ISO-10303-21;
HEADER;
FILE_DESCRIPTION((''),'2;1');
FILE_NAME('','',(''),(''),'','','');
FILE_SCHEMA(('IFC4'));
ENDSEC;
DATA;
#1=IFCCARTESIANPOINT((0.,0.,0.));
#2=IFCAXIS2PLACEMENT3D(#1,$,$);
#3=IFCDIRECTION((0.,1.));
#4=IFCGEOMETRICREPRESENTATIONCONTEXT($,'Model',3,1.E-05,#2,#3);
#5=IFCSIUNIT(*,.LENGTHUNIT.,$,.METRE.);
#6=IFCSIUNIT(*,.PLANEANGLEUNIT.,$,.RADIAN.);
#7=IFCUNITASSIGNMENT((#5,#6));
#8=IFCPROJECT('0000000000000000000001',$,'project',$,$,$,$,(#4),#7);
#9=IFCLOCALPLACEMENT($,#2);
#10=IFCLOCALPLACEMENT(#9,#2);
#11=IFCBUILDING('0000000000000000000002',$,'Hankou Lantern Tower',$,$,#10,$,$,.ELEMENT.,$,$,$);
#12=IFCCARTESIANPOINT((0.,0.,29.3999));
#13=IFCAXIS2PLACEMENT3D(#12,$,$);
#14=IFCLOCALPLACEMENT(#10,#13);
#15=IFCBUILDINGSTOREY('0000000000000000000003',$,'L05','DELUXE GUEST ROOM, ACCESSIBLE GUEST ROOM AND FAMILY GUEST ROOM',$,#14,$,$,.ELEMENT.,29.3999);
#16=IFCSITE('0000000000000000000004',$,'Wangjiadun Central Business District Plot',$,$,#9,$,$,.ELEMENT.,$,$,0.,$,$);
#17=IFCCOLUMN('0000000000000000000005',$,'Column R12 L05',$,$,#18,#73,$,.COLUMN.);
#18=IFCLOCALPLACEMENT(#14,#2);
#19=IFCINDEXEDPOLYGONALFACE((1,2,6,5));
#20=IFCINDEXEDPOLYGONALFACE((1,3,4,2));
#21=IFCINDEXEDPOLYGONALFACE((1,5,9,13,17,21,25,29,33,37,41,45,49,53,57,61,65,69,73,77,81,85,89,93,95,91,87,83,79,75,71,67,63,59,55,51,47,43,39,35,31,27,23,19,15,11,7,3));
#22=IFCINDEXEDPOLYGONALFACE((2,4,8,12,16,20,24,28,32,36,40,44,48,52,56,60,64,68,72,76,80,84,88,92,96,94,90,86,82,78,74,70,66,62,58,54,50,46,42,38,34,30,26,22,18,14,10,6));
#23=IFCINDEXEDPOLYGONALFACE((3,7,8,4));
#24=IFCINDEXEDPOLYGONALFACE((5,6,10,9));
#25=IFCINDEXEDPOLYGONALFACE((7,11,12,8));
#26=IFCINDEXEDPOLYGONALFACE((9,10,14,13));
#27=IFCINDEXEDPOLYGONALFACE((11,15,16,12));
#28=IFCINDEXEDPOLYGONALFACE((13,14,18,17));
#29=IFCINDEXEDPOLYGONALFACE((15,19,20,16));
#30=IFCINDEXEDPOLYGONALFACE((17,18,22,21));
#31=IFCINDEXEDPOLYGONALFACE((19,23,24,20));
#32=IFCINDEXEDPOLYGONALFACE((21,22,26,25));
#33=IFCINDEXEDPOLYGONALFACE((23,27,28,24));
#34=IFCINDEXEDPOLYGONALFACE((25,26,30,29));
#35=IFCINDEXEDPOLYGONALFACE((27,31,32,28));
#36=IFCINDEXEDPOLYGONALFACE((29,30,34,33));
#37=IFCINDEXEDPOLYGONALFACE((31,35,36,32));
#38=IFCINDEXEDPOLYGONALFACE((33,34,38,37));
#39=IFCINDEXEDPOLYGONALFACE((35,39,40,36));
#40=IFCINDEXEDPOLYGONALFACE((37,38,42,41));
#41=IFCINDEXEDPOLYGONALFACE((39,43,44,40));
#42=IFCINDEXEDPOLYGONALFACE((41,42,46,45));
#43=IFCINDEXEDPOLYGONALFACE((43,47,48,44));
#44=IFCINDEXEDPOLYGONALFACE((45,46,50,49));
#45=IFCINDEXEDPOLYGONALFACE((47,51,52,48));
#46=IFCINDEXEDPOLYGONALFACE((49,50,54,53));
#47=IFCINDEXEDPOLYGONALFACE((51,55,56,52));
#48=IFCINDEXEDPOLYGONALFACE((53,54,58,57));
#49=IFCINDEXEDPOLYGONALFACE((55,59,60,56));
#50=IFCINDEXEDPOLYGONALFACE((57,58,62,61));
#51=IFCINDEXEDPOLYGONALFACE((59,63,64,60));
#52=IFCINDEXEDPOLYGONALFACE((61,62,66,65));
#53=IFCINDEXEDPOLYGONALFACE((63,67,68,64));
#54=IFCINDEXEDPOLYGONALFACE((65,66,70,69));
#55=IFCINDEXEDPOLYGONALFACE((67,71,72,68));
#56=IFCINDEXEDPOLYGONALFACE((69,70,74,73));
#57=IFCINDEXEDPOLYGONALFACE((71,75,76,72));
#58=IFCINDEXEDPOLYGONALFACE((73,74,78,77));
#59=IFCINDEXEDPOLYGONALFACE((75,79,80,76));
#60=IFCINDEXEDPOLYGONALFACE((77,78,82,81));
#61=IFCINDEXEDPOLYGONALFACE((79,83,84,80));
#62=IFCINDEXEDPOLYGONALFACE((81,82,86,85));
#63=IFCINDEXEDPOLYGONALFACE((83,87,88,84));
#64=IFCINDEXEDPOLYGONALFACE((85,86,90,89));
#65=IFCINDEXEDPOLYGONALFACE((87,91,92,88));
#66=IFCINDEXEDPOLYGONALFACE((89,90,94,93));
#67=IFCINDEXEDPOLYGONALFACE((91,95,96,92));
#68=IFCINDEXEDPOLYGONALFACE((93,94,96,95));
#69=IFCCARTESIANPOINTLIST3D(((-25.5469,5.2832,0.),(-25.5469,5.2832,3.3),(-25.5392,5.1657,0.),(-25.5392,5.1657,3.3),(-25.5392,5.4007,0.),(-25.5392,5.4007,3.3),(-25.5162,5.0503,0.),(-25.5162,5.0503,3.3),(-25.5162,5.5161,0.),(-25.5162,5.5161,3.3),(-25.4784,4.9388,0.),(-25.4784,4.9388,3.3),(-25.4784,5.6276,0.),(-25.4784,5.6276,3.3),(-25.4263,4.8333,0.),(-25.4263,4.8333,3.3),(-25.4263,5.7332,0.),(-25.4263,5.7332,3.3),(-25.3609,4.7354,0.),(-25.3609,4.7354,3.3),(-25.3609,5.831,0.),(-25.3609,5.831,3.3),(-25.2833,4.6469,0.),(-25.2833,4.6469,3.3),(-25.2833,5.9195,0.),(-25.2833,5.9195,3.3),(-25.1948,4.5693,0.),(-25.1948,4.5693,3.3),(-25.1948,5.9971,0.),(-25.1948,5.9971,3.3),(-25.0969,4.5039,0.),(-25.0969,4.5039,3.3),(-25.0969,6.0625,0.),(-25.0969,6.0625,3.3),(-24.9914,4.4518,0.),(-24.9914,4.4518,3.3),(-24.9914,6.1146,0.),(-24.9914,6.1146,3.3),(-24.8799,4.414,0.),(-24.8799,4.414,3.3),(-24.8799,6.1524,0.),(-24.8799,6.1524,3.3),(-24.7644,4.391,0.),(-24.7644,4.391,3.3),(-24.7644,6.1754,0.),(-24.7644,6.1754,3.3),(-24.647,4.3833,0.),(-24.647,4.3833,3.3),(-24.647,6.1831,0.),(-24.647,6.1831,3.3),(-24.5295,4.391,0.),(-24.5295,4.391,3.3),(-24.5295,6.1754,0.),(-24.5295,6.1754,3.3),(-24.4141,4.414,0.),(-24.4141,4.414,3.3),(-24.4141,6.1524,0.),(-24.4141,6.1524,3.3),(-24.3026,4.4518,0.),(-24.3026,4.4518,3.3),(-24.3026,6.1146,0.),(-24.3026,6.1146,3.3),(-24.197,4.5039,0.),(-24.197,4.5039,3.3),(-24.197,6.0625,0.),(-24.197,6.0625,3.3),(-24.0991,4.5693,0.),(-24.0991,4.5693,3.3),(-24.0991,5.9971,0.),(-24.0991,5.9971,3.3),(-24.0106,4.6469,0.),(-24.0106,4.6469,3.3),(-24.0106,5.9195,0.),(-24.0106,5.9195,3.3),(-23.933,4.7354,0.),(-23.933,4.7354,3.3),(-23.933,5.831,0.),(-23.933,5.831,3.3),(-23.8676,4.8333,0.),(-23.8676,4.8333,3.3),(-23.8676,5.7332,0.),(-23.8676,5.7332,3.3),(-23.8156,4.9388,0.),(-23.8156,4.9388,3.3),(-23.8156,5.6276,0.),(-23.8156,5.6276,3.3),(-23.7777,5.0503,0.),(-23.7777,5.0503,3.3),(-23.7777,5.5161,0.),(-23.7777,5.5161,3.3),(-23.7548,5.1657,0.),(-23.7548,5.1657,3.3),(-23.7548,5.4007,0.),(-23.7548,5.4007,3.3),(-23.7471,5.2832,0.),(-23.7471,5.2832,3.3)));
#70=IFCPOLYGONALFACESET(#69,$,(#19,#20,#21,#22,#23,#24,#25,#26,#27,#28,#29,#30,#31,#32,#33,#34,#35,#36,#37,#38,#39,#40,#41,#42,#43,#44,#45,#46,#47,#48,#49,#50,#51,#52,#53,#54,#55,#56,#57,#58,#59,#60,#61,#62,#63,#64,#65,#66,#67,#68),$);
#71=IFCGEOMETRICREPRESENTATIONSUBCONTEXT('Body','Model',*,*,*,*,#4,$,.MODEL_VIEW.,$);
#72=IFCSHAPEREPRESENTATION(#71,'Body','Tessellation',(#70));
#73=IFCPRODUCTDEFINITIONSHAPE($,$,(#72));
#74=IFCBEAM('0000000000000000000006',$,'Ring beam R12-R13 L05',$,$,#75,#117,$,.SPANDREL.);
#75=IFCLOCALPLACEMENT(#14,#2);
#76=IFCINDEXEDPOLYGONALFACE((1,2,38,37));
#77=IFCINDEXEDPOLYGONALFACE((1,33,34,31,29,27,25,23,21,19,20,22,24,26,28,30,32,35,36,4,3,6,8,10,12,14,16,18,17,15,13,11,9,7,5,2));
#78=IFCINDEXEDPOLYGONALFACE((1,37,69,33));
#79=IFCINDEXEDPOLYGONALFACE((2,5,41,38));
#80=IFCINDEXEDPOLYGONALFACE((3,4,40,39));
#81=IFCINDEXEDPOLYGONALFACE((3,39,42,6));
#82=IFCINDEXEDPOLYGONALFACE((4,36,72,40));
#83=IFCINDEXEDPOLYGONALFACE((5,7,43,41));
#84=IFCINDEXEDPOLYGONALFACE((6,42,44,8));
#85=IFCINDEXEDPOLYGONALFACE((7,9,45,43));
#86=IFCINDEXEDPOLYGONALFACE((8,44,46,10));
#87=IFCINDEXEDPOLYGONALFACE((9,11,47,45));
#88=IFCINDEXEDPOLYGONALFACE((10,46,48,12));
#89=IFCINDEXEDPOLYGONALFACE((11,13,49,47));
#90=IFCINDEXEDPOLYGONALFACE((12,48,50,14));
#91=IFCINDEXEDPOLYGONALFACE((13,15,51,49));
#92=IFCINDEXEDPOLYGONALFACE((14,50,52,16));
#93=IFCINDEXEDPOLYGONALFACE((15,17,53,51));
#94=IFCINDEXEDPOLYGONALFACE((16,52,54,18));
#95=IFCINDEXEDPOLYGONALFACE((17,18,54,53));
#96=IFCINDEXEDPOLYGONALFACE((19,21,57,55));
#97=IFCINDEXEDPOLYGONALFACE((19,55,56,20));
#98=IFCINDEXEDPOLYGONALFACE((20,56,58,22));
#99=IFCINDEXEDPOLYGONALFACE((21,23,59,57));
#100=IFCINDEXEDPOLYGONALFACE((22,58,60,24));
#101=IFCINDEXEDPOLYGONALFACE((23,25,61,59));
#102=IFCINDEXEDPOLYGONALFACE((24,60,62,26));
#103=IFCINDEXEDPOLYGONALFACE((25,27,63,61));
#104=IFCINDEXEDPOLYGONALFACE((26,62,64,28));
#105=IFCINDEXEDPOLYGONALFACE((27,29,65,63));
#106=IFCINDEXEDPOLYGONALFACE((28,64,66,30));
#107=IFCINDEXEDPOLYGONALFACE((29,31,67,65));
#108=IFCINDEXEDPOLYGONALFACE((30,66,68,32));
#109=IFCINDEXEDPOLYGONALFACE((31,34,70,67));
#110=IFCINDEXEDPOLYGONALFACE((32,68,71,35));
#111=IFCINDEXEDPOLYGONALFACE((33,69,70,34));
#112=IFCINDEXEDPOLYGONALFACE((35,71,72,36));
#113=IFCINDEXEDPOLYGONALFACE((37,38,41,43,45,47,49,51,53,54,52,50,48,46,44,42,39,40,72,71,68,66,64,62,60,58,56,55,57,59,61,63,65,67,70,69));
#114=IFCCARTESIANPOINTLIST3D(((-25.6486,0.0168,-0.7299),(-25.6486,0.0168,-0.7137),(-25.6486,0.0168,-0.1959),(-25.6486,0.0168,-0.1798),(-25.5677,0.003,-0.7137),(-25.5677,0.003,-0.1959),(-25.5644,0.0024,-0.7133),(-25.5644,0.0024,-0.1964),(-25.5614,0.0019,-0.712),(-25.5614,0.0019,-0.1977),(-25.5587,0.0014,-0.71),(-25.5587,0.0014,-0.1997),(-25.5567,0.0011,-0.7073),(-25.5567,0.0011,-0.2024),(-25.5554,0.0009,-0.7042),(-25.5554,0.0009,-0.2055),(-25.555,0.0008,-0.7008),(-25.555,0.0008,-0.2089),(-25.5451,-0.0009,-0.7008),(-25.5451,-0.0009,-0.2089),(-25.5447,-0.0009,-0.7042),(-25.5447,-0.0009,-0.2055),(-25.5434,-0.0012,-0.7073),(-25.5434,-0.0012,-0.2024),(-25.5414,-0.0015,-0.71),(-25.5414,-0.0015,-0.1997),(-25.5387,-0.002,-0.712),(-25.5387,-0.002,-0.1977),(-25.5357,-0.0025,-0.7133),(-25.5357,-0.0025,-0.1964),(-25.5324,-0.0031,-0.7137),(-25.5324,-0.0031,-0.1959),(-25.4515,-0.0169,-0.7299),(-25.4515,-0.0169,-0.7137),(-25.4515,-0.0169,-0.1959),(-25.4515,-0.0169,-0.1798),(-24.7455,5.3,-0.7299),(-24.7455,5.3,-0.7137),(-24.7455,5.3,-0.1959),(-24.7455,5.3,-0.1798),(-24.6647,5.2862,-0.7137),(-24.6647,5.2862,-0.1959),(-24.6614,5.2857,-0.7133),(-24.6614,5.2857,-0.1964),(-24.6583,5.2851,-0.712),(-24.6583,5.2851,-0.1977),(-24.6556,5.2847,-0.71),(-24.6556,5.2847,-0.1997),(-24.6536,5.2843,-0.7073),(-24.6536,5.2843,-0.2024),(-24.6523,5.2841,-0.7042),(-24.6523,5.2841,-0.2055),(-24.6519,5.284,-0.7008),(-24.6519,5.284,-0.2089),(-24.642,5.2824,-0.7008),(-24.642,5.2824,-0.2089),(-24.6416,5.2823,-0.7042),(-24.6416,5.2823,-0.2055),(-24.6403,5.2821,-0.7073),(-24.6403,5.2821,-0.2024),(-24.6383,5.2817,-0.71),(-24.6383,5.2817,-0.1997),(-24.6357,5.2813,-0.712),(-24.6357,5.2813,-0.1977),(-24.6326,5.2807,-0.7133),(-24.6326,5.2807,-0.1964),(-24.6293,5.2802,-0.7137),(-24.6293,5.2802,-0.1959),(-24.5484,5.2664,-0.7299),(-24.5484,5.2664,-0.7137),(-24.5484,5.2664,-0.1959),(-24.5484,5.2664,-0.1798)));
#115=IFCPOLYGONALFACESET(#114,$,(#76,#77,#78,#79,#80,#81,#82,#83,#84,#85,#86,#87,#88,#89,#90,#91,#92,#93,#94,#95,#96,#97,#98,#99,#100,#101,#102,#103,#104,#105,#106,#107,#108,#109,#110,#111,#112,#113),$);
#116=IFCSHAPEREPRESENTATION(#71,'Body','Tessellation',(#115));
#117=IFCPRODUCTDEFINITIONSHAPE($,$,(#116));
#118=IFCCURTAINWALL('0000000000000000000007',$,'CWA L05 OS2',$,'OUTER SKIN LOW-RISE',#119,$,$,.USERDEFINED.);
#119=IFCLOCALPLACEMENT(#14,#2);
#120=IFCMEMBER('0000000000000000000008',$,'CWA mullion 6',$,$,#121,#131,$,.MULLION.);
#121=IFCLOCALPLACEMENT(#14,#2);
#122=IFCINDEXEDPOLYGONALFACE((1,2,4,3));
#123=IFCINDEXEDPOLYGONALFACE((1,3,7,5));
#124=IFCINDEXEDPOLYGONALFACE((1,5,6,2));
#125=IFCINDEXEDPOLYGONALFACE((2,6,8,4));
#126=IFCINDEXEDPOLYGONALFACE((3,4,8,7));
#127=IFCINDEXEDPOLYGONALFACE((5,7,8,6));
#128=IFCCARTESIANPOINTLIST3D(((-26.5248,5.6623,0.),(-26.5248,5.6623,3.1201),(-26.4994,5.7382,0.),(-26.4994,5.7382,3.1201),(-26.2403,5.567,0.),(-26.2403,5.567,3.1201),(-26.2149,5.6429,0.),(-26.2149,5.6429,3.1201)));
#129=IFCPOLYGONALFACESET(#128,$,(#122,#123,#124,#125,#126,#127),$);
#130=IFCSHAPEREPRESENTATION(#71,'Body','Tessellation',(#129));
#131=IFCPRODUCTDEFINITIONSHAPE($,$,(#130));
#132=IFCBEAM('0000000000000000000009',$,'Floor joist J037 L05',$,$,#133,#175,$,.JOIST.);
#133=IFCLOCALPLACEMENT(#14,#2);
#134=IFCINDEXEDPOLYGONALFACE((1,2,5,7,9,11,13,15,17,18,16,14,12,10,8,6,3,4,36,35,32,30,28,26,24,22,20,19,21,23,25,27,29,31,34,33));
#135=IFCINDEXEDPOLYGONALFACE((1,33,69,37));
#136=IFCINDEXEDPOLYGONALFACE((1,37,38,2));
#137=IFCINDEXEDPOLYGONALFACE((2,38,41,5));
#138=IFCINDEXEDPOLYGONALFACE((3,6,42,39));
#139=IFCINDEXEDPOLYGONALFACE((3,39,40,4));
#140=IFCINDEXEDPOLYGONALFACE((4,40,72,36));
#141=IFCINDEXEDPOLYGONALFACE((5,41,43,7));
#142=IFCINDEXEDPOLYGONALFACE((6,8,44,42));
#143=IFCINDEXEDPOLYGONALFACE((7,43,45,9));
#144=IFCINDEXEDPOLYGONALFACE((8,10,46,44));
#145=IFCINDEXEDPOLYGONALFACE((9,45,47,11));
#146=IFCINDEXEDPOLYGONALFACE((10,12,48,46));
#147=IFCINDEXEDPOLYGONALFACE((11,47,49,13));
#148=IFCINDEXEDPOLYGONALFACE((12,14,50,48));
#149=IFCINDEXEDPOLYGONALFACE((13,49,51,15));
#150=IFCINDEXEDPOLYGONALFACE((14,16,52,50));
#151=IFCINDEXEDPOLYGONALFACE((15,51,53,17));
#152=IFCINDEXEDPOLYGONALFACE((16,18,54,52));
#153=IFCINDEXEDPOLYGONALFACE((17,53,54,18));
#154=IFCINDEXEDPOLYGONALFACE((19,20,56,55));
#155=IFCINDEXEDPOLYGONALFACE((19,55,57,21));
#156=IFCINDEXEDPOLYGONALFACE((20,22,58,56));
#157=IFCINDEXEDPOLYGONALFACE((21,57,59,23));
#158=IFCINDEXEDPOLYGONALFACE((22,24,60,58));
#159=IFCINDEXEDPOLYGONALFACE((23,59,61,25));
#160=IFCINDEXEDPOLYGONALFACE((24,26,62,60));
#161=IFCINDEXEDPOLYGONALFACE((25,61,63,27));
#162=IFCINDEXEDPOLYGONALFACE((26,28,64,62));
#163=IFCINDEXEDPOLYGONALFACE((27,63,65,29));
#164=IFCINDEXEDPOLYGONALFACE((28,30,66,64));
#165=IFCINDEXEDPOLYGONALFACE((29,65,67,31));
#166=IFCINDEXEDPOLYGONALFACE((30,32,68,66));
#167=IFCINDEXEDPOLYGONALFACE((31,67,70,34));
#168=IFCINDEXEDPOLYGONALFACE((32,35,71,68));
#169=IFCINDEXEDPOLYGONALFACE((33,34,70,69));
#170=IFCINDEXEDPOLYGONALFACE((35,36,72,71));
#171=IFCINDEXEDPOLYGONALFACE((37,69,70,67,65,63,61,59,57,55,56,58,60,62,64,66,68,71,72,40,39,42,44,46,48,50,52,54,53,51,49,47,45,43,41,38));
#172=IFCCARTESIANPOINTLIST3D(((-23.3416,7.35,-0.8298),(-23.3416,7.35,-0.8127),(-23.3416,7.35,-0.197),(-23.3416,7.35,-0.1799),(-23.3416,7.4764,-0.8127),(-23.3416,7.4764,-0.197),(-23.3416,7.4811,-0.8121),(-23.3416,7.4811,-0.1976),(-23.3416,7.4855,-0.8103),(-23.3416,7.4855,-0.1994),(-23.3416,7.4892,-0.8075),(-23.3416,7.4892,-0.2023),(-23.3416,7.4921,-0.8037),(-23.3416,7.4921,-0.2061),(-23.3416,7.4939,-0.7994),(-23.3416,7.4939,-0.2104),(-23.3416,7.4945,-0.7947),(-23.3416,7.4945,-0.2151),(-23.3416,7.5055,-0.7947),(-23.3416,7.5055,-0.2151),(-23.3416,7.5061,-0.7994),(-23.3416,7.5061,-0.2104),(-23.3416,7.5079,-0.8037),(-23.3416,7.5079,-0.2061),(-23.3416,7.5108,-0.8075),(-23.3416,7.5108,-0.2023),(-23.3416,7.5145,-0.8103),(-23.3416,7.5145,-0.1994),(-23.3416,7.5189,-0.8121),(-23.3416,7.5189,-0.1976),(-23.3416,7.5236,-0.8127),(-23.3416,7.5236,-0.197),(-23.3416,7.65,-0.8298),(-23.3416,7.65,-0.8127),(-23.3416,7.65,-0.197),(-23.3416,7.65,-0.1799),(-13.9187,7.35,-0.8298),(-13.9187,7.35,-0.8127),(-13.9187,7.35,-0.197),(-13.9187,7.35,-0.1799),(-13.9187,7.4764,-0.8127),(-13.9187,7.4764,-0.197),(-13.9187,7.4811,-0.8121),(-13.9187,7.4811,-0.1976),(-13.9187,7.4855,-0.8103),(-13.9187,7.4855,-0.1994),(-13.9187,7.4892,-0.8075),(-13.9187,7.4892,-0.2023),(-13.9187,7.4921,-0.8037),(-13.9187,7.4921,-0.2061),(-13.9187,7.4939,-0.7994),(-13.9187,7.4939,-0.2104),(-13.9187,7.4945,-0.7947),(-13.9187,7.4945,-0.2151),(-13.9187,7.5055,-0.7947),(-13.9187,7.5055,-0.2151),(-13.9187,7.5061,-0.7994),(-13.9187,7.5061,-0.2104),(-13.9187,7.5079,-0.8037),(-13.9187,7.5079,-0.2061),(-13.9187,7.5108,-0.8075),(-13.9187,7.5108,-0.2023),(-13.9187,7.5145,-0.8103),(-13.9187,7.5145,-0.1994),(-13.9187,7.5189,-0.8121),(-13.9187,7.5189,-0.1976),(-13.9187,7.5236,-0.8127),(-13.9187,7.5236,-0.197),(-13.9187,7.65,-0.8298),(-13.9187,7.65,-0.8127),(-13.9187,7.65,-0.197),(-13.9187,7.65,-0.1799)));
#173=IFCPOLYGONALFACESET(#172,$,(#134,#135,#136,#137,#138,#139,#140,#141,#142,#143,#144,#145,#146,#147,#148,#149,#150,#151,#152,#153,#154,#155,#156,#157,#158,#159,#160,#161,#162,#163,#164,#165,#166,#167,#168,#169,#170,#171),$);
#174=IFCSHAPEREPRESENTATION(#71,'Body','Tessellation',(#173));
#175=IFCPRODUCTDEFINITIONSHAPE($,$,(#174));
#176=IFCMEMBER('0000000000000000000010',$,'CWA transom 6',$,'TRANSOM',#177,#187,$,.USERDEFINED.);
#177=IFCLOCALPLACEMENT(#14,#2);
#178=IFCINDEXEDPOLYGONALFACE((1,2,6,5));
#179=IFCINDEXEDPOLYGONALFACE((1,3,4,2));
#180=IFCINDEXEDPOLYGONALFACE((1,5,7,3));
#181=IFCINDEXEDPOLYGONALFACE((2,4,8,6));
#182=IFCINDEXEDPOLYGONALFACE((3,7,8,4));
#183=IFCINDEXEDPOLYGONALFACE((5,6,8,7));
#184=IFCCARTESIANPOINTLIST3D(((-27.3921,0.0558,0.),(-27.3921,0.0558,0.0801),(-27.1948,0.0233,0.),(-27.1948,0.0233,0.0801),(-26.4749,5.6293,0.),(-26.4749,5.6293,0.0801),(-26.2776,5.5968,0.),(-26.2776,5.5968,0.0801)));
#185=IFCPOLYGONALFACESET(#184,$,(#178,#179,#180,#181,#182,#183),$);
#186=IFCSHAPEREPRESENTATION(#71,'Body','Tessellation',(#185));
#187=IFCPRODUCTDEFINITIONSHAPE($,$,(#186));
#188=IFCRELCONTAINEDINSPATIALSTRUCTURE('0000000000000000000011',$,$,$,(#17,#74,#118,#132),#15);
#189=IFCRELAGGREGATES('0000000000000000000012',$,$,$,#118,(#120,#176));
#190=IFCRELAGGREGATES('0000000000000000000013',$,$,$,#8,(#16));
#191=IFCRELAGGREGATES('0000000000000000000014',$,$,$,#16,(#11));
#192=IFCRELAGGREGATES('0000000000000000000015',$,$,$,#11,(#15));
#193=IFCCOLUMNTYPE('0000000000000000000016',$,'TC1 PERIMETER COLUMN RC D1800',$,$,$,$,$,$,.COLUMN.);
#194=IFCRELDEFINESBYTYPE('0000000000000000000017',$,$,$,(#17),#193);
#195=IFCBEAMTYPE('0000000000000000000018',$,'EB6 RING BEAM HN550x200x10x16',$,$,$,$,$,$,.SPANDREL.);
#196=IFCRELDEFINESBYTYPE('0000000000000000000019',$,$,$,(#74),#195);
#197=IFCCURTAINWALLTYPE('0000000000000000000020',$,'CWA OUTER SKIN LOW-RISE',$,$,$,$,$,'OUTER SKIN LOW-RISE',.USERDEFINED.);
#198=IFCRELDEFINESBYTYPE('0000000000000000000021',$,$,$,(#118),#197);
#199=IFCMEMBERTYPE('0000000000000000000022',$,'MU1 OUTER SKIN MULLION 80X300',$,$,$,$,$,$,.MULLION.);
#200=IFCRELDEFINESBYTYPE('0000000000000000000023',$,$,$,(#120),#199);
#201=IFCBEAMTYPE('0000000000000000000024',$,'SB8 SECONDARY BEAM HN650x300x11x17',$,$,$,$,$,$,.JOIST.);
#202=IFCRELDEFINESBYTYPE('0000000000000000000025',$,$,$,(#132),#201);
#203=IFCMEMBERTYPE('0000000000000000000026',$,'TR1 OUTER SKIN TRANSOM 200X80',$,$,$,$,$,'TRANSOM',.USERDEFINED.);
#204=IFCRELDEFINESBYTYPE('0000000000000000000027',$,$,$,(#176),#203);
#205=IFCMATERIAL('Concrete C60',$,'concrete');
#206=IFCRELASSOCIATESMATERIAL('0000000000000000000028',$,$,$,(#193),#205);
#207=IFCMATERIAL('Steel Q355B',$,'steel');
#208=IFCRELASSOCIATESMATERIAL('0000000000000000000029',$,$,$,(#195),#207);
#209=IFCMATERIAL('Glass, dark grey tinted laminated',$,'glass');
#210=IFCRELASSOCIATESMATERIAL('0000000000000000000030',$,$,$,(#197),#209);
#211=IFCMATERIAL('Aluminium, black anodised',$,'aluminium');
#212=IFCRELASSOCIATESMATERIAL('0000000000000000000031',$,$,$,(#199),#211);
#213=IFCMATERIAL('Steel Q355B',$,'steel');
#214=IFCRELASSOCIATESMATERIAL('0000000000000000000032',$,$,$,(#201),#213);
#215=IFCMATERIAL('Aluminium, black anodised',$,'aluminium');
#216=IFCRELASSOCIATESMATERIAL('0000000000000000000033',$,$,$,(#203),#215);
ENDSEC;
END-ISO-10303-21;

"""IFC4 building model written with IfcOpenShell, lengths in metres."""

from ifc_helpers import new_model, si_unit, direction, frame, origin, origin_2d, place, context, subcontext, project, spatial, rectangle, circle, i_section, extrude, material, material_profile, profile_set, type_object, element, aggregate, save


model = new_model("IFC4")

# Units and contexts
model_context = context("Model", 3, precision=1e-05, world=origin(), true_north=direction((0.0, 1.0)))
body_context = subcontext(model_context, "Body", "Model", "MODEL_VIEW")
ifc_project = project(units=[si_unit("LENGTHUNIT", "METRE"), si_unit("PLANEANGLEUNIT", "RADIAN")], contexts=[model_context])

# Site, building, storey
site_placement = place(None, origin())
site = spatial("IfcSite", under=ifc_project, at=site_placement, Name="Wangjiadun Central Business District Plot", CompositionType="ELEMENT", RefElevation=0.0)
building_placement = place(site_placement, origin())
building = spatial("IfcBuilding", under=site, at=building_placement, Name="Hankou Lantern Tower", CompositionType="ELEMENT")
storey_placement = place(building_placement, frame((0.0, 0.0, 29.3999)))
storey = spatial("IfcBuildingStorey", under=building, at=storey_placement, Name="L05", Description="DELUXE GUEST ROOM, ACCESSIBLE GUEST ROOM AND FAMILY GUEST ROOM", CompositionType="ELEMENT", Elevation=29.3999)

# Column
ifc_material_1 = material(Name="Concrete C60", Category="concrete")
ifc_material_profile_1 = material_profile(ifc_material_1, circle(Radius=0.8999, at=origin_2d()), Name="RC D1800")
ifc_profile_set_1 = profile_set([ifc_material_profile_1], Name="Concrete C60")
column_type = type_object("IfcColumnType", Name="TC1 PERIMETER COLUMN RC D1800", PredefinedType="COLUMN", material=ifc_profile_set_1)
column_placement = place(storey_placement, frame((-24.647, 5.2832, 0.0), z_axis=(0.0, 0.0, 1.0), x_axis=(1.0, 0.0, 0.0)))
element("IfcColumn", 1, at=column_placement, inside=storey, type_object=column_type, Name="Column R12 L05", PredefinedType="COLUMN", context=body_context, shape_type="SweptSolid", body=[
    extrude(circle(Radius=0.8999, at=origin_2d()), origin(), (0.0, 0.0, 1.0), 3.3),
])

# Beam
ifc_material_2 = material(Name="Steel Q355B", Category="steel")
ifc_material_profile_2 = material_profile(ifc_material_2, i_section(OverallWidth=0.2, OverallDepth=0.55, WebThickness=0.01, FlangeThickness=0.0161, FilletRadius=0.0129, at=origin_2d()), Name="HN550x200x10x16")
ifc_profile_set_2 = profile_set([ifc_material_profile_2], Name="Steel Q355B")
beam_type_1 = type_object("IfcBeamType", Name="EB6 RING BEAM HN550x200x10x16", PredefinedType="SPANDREL", material=ifc_profile_set_2)
beam_1_placement = place(storey_placement, frame((-24.647, 5.2832, -0.4548), z_axis=(-0.16849, -0.985703, 0.0), x_axis=(0.985703, -0.16849, 0.0)))
element("IfcBeam", 2, at=beam_1_placement, inside=storey, type_object=beam_type_1, Name="Ring beam R12-R13 L05", PredefinedType="SPANDREL", context=body_context, shape_type="SweptSolid", body=[
    extrude(i_section(OverallWidth=0.2, OverallDepth=0.55, WebThickness=0.01, FlangeThickness=0.0161, FilletRadius=0.0129, at=origin_2d()), origin(), (0.0, 0.0, 1.0), 5.3599),
])

# Curtain wall, member
ifc_material_3 = material(Name="Glass, dark grey tinted laminated", Category="glass")
curtain_wall_type = type_object("IfcCurtainWallType", Name="CWA OUTER SKIN LOW-RISE", ElementType="OUTER SKIN LOW-RISE", PredefinedType="USERDEFINED", material=ifc_material_3)
curtain_wall_placement = place(storey_placement, origin())
curtain_wall = element("IfcCurtainWall", 3, at=curtain_wall_placement, inside=storey, type_object=curtain_wall_type, Name="CWA L05 OS2", ObjectType="OUTER SKIN LOW-RISE", PredefinedType="USERDEFINED")
ifc_material_4 = material(Name="Aluminium, black anodised", Category="aluminium")
ifc_material_profile_3 = material_profile(ifc_material_4, rectangle(XDim=0.0801, YDim=0.3, at=origin_2d()), Name="MU1 80X300")
ifc_profile_set_3 = profile_set([ifc_material_profile_3], Name="Aluminium, black anodised")
member_type_1 = type_object("IfcMemberType", Name="MU1 OUTER SKIN MULLION 80X300", PredefinedType="MULLION", material=ifc_profile_set_3)
member_1_placement = place(storey_placement, frame((-26.3699, 5.6526, 0.0), z_axis=(0.0, 0.0, 1.0), x_axis=(-0.317596, -0.948226, 0.0)))
member_1 = element("IfcMember", 4, at=member_1_placement, type_object=member_type_1, Name="CWA mullion 6", PredefinedType="MULLION", context=body_context, shape_type="SweptSolid", body=[
    extrude(rectangle(XDim=0.0801, YDim=0.3, at=origin_2d()), origin(), (0.0, 0.0, 1.0), 3.1201),
])

# Beam
ifc_material_5 = material(Name="Steel Q355B", Category="steel")
ifc_material_profile_4 = material_profile(ifc_material_5, i_section(OverallWidth=0.3, OverallDepth=0.6499, WebThickness=0.011, FlangeThickness=0.0171, FilletRadius=0.0181, at=origin_2d()), Name="HN650x300x11x17")
ifc_profile_set_4 = profile_set([ifc_material_profile_4], Name="Steel Q355B")
beam_type_2 = type_object("IfcBeamType", Name="SB8 SECONDARY BEAM HN650x300x11x17", PredefinedType="JOIST", material=ifc_profile_set_4)
beam_2_placement = place(storey_placement, frame((-23.3416, 7.5, -0.5049), z_axis=(1.0, 0.0, 0.0), x_axis=(0.0, 1.0, 0.0)))
element("IfcBeam", 5, at=beam_2_placement, inside=storey, type_object=beam_type_2, Name="Floor joist J037 L05", PredefinedType="JOIST", context=body_context, shape_type="SweptSolid", body=[
    extrude(i_section(OverallWidth=0.3, OverallDepth=0.6499, WebThickness=0.011, FlangeThickness=0.0171, FilletRadius=0.0181, at=origin_2d()), origin(), (0.0, 0.0, 1.0), 9.4229),
])

# Member
ifc_material_6 = material(Name="Aluminium, black anodised", Category="aluminium")
ifc_material_profile_5 = material_profile(ifc_material_6, rectangle(XDim=0.2, YDim=0.0801, at=origin_2d()), Name="TR1 200X80")
ifc_profile_set_5 = profile_set([ifc_material_profile_5], Name="Aluminium, black anodised")
member_type_2 = type_object("IfcMemberType", Name="TR1 OUTER SKIN TRANSOM 200X80", ElementType="TRANSOM", PredefinedType="USERDEFINED", material=ifc_profile_set_5)
member_2_placement = place(storey_placement, frame((-26.3762, 5.613, 0.04), z_axis=(-0.162387, -0.986727, 0.0), x_axis=(0.986727, -0.162387, 0.0)))
member_2 = element("IfcMember", 6, at=member_2_placement, type_object=member_type_2, Name="CWA transom 6", ObjectType="TRANSOM", PredefinedType="USERDEFINED", context=body_context, shape_type="SweptSolid", body=[
    extrude(rectangle(XDim=0.2, YDim=0.0801, at=origin_2d()), origin(), (0.0, 0.0, 1.0), 5.6484),
])

aggregate(curtain_wall, [member_1, member_2])

save(model, "model.ifc")
